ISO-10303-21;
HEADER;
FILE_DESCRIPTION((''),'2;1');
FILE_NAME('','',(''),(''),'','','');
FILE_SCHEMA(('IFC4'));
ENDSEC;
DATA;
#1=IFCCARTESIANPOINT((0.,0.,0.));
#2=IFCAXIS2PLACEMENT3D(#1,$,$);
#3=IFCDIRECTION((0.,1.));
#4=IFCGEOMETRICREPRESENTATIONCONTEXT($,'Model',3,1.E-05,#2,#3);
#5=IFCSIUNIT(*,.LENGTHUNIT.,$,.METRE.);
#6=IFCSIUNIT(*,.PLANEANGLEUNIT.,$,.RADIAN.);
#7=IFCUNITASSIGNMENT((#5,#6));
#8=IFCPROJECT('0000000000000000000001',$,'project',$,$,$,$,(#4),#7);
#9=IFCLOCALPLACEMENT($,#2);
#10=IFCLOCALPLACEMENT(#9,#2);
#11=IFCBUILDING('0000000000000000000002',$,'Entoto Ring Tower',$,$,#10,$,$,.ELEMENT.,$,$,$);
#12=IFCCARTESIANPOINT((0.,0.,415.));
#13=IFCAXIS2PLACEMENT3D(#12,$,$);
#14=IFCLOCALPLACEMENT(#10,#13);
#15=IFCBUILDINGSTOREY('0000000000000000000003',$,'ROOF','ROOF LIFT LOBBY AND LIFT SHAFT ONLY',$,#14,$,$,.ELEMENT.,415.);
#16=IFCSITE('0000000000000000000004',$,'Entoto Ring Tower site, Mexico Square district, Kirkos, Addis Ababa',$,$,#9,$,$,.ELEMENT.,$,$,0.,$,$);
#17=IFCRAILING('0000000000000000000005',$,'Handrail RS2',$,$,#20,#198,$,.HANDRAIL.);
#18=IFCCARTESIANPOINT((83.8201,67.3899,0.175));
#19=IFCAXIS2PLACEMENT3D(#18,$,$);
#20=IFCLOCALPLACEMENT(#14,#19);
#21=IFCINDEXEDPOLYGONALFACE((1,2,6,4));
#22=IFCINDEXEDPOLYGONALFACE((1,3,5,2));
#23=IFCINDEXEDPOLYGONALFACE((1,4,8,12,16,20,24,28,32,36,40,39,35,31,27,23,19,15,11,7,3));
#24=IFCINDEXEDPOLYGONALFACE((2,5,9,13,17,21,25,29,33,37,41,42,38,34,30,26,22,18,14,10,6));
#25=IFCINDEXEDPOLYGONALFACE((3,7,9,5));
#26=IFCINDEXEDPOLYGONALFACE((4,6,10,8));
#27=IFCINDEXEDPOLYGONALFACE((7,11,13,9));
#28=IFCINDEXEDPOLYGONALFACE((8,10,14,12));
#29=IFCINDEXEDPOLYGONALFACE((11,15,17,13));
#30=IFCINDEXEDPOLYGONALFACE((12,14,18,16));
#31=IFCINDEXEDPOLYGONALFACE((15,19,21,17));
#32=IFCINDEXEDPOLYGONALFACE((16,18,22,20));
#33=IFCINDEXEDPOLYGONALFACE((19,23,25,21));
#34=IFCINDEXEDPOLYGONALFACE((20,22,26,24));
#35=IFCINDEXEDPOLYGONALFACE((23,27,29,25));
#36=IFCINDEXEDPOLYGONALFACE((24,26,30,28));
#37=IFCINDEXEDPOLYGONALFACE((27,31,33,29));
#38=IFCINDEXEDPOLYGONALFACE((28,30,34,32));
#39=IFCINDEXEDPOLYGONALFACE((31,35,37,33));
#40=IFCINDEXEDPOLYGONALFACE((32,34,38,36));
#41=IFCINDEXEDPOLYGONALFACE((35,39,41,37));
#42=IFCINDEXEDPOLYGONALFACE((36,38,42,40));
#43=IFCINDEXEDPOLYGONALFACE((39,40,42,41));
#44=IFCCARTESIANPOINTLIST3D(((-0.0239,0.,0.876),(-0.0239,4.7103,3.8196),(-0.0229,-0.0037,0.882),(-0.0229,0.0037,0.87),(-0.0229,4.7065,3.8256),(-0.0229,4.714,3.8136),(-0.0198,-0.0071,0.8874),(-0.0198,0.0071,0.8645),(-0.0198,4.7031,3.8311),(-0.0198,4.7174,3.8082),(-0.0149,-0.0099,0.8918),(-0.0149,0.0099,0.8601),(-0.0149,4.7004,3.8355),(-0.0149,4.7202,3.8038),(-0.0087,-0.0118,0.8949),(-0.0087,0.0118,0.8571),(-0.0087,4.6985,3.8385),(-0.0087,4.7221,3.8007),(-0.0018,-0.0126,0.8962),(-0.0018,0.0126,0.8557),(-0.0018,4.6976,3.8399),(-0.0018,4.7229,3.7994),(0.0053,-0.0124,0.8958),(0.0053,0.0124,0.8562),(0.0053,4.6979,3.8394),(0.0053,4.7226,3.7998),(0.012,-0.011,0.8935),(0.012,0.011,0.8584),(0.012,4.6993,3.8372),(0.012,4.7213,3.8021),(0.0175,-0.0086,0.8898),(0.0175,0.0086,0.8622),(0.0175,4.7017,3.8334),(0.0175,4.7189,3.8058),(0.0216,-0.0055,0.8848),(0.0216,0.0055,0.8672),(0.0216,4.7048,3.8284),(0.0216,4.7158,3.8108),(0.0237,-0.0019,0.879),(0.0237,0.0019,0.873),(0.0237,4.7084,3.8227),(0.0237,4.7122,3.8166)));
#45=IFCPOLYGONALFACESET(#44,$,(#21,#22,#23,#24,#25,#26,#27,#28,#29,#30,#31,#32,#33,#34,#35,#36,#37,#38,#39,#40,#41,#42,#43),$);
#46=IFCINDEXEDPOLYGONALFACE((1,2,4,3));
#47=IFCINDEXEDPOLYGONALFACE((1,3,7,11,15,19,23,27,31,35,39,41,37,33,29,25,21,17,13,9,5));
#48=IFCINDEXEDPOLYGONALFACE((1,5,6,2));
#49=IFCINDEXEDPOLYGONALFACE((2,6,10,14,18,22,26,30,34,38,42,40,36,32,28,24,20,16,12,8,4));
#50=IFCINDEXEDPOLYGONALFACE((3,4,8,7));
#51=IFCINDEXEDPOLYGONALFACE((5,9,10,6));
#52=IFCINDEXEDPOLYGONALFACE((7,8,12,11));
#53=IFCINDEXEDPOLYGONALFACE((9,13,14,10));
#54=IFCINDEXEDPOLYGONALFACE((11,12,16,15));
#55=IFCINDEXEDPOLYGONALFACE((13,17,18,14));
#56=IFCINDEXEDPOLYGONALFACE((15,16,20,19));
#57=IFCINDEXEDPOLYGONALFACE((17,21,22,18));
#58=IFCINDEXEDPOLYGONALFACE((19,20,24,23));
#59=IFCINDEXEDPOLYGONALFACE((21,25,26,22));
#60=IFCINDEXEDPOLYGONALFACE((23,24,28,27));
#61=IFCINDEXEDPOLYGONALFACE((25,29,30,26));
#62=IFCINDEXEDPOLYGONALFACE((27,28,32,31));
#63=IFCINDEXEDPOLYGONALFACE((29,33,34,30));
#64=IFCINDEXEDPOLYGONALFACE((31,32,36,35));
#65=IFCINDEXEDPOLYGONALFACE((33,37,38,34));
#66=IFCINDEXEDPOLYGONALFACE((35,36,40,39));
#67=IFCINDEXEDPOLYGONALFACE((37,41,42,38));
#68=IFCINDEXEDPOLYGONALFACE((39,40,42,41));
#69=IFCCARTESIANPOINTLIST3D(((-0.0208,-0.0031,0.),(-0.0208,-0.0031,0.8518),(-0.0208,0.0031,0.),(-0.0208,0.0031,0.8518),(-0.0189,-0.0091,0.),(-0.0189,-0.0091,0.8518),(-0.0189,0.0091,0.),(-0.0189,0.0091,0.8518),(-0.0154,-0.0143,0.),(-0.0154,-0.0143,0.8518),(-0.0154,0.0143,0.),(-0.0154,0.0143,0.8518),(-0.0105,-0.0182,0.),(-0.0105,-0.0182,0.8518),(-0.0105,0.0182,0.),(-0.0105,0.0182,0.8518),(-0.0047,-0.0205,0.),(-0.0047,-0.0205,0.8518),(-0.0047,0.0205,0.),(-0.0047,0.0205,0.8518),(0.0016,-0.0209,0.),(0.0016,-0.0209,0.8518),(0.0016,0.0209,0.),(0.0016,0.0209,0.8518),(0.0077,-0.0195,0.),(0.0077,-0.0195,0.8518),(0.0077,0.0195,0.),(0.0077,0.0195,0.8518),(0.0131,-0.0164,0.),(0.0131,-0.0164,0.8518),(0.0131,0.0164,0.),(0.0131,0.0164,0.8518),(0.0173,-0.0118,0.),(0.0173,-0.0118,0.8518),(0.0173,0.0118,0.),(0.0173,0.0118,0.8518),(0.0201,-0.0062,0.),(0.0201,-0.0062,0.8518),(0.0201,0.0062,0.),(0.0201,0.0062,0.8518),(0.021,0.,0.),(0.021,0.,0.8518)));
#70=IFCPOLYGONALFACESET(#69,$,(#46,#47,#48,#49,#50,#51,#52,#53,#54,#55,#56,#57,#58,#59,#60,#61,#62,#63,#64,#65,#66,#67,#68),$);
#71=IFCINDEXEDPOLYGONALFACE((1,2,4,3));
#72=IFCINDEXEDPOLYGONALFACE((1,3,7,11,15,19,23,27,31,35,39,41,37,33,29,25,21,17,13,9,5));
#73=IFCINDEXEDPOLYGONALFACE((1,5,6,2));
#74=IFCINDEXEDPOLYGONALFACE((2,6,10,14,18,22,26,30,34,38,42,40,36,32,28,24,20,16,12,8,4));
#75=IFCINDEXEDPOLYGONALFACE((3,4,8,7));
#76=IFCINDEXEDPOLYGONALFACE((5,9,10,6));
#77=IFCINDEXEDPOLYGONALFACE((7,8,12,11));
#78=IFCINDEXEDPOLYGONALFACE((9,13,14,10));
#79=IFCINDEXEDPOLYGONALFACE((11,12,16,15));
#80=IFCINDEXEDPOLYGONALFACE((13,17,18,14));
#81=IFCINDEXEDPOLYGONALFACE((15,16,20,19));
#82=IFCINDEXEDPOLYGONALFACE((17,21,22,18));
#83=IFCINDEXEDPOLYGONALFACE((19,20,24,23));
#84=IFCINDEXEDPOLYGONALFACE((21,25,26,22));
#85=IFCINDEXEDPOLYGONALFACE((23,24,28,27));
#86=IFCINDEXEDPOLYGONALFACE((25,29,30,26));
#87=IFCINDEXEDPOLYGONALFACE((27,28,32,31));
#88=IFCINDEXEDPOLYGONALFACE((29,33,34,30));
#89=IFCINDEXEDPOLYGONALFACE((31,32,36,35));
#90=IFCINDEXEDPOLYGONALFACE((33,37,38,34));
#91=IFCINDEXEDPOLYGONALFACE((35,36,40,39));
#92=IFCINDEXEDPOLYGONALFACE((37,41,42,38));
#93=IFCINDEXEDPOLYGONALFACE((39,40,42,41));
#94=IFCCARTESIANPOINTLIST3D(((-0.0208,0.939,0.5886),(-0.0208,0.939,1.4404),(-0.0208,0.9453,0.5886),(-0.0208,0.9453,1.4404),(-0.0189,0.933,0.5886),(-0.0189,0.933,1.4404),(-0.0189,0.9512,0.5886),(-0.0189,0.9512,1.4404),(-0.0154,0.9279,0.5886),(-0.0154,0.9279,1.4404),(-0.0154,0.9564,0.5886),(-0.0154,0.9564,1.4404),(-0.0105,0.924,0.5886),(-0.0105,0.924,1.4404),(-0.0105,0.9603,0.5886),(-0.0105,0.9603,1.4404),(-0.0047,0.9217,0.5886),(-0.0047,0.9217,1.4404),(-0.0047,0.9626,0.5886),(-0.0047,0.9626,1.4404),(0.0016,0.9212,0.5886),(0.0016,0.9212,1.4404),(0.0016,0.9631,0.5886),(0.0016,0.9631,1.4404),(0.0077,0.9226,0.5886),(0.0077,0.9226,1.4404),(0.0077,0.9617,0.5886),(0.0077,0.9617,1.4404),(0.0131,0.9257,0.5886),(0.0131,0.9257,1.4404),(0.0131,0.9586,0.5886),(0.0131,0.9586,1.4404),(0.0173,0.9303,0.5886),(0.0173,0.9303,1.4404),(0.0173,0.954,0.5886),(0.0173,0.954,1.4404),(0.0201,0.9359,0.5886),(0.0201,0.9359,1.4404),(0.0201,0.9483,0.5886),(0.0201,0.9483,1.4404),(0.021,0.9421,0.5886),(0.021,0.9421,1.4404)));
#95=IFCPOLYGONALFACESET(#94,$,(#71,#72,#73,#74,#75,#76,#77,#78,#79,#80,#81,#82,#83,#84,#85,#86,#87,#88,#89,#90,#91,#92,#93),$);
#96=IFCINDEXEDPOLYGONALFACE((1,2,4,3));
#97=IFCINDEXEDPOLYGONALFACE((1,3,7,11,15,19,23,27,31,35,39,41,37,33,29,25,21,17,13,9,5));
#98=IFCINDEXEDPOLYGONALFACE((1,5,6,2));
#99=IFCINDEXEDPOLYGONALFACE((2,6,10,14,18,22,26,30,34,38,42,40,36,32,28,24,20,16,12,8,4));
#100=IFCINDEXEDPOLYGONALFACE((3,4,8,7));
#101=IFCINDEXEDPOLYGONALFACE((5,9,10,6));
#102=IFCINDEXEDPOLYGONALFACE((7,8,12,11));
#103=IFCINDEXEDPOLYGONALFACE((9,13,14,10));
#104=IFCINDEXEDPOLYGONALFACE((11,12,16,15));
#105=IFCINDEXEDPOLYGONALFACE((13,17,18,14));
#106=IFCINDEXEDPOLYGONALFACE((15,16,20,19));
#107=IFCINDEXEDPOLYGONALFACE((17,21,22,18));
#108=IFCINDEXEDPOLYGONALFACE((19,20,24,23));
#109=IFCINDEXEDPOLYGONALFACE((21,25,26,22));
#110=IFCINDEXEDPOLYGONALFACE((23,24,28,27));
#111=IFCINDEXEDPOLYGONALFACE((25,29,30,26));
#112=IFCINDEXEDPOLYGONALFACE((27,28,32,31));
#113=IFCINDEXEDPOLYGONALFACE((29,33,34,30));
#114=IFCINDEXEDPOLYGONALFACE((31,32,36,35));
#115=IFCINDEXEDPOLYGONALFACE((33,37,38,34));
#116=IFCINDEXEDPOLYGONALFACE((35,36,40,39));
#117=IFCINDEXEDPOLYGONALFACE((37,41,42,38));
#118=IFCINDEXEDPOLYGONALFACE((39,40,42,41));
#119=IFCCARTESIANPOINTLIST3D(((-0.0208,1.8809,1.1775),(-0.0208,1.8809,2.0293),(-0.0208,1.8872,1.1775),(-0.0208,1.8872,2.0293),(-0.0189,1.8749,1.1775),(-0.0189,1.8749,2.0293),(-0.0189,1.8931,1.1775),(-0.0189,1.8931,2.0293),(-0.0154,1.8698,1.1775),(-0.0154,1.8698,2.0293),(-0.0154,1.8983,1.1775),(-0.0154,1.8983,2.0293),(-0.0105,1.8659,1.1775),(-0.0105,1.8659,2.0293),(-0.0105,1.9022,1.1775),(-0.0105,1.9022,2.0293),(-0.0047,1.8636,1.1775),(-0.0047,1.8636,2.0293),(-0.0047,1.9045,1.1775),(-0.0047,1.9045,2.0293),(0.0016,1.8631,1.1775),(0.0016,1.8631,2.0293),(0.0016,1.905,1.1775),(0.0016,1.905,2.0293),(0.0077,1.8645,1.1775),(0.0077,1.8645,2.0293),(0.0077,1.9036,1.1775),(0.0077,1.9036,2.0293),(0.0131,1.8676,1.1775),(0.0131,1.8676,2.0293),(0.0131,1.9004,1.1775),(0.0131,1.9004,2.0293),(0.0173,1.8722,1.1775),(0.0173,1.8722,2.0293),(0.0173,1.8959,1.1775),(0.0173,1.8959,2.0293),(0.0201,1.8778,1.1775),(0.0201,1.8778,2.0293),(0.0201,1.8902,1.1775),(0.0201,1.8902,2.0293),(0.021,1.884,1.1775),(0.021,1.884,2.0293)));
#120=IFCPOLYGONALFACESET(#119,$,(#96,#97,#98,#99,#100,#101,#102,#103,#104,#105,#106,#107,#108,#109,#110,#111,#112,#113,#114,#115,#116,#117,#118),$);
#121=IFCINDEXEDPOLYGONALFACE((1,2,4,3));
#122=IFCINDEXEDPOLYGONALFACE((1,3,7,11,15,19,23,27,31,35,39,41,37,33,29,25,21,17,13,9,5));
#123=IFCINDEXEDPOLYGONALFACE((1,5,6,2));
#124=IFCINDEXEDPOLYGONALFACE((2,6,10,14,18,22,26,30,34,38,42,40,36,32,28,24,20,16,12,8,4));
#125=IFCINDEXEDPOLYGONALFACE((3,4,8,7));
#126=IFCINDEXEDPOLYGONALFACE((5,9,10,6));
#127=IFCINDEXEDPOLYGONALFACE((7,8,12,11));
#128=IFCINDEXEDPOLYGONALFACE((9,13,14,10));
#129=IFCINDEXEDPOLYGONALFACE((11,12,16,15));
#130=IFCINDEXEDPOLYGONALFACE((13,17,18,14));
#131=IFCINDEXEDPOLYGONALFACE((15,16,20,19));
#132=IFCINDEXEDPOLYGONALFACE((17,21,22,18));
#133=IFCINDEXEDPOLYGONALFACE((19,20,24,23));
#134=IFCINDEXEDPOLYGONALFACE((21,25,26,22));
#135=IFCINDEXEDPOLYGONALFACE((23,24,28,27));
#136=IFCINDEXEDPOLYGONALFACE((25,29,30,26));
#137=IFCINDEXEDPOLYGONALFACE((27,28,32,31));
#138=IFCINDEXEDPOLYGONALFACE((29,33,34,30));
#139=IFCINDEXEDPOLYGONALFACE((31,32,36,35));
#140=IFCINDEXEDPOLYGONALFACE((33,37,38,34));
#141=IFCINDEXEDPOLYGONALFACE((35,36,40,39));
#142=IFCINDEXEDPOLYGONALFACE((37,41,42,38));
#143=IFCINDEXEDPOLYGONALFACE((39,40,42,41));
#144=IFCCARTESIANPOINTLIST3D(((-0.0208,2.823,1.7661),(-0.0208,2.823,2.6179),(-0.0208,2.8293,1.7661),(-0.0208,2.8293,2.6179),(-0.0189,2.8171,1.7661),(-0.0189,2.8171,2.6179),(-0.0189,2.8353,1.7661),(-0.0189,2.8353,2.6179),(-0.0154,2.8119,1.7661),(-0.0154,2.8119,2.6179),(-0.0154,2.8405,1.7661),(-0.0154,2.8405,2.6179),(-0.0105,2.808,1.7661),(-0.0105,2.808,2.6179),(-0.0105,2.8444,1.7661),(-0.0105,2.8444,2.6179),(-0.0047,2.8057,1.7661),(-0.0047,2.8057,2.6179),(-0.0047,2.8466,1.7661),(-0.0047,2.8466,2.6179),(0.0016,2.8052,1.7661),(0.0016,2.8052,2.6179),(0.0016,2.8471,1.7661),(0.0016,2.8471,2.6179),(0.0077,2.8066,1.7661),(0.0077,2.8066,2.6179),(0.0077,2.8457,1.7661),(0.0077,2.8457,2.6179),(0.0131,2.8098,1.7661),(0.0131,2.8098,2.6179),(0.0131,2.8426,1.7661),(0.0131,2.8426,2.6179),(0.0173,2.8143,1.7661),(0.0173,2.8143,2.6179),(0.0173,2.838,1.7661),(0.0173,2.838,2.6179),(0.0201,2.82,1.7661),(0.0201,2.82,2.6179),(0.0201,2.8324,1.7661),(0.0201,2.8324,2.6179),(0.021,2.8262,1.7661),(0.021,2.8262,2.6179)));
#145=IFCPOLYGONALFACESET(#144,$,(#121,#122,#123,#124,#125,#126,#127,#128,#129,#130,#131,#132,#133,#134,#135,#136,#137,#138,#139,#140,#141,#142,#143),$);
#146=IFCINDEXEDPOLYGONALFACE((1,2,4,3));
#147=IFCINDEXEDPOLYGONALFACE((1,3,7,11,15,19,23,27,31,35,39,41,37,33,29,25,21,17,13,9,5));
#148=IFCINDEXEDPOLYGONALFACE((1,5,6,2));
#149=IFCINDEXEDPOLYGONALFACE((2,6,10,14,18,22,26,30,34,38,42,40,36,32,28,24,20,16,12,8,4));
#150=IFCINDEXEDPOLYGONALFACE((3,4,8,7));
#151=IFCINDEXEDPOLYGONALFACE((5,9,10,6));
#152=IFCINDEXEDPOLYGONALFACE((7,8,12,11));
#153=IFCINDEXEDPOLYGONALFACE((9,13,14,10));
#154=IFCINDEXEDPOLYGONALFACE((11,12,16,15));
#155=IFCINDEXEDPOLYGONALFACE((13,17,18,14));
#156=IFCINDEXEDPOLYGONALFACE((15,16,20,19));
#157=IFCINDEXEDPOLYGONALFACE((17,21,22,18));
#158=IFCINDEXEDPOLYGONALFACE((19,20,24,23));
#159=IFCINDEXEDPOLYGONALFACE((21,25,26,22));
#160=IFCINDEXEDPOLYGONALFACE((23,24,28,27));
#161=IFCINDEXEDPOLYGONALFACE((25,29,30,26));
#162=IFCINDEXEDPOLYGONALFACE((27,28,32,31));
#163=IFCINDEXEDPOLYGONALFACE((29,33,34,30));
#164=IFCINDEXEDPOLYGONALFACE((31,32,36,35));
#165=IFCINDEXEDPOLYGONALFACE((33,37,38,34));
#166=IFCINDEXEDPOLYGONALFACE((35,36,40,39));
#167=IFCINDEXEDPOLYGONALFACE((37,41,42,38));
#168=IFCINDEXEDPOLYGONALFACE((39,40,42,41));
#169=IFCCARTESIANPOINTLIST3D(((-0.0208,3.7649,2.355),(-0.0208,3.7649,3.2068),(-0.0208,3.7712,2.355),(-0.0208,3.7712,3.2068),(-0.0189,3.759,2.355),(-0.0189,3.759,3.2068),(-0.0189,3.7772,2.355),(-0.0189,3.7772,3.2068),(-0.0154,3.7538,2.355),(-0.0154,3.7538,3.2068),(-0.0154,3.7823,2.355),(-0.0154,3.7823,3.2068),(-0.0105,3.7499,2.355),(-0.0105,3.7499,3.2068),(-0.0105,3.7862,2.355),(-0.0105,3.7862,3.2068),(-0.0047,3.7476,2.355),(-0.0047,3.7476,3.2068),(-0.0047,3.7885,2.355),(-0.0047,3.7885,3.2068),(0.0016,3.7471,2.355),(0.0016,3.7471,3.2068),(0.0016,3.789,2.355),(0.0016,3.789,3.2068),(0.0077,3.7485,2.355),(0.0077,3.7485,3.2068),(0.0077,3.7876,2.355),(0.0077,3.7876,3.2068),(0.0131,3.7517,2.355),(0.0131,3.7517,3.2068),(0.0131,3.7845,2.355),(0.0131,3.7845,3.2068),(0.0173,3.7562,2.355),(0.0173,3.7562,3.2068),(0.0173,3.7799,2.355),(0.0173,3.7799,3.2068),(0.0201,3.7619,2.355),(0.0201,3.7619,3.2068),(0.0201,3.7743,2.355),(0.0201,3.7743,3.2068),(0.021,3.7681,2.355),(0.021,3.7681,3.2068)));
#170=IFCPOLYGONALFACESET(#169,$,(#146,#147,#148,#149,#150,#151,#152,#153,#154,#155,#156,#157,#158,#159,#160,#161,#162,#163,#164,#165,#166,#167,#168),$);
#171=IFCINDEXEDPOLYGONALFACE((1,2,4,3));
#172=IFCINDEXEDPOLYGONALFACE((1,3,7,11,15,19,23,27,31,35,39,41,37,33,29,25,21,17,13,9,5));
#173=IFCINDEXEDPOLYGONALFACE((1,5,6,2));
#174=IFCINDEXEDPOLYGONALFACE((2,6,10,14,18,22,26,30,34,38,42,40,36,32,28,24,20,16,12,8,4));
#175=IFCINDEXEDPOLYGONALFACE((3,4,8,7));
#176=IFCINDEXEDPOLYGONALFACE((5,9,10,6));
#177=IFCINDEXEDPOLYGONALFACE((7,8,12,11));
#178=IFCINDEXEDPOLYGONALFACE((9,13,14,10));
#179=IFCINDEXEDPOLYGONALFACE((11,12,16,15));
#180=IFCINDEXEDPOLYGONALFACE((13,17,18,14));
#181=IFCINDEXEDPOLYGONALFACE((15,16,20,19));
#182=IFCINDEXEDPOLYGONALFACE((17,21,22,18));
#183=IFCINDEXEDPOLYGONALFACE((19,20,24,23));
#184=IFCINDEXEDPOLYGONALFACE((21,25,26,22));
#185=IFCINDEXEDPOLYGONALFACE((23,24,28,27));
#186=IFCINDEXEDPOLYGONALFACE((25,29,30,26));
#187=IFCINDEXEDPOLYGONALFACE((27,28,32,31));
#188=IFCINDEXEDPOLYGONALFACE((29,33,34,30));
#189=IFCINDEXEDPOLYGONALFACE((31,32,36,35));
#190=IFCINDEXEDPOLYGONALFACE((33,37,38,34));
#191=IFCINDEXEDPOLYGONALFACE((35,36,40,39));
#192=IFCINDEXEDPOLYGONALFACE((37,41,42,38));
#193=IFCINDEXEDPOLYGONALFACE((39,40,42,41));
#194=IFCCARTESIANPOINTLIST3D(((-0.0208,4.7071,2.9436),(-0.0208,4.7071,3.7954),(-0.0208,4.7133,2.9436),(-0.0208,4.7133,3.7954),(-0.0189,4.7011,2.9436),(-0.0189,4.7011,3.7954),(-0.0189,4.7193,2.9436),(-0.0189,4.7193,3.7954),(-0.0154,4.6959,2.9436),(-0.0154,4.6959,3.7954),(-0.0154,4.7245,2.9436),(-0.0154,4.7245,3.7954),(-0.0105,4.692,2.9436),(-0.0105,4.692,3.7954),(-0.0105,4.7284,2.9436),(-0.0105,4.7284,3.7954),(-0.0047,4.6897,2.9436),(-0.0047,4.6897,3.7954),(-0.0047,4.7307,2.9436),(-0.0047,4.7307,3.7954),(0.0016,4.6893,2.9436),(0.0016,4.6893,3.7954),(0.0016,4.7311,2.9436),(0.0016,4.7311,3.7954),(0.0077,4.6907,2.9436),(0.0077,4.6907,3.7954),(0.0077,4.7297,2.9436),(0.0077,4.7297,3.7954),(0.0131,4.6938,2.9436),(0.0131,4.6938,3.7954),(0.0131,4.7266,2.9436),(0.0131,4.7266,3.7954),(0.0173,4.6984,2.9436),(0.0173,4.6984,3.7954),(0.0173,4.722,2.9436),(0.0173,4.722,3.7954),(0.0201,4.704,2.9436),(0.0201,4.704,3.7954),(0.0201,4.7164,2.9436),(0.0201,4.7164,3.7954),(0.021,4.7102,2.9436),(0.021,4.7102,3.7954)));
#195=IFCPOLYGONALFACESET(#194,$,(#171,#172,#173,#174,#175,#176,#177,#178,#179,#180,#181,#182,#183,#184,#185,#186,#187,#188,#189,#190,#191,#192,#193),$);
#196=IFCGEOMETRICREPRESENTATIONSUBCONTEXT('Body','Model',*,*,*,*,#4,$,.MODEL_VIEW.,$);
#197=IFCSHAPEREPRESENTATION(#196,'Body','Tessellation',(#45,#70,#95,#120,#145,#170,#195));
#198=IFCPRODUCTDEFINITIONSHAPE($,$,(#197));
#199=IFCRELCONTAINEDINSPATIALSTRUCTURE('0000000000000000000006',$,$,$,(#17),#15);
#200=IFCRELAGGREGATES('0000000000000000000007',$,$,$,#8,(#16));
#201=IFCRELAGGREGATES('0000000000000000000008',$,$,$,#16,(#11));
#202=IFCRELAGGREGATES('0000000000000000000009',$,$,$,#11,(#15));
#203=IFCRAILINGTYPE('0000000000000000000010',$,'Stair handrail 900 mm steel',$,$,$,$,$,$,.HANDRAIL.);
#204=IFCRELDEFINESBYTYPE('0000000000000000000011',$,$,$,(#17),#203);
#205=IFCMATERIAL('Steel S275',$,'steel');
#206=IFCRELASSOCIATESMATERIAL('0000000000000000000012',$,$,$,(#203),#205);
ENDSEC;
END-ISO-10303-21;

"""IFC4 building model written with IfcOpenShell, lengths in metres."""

from ifc_helpers import new_model, si_unit, direction, frame, origin, origin_2d, place, context, subcontext, project, spatial, circle, extrude, material, type_object, element, save


model = new_model("IFC4")

# Units and contexts
model_context = context("Model", 3, precision=1e-05, world=origin(), true_north=direction((0.0, 1.0)))
body_context = subcontext(model_context, "Body", "Model", "MODEL_VIEW")
ifc_project = project(units=[si_unit("LENGTHUNIT", "METRE"), si_unit("PLANEANGLEUNIT", "RADIAN")], contexts=[model_context])

# Site, building, storey
site_placement = place(None, origin())
site = spatial("IfcSite", under=ifc_project, at=site_placement, Name="Entoto Ring Tower site, Mexico Square district, Kirkos, Addis Ababa", CompositionType="ELEMENT", RefElevation=0.0)
building_placement = place(site_placement, origin())
building = spatial("IfcBuilding", under=site, at=building_placement, Name="Entoto Ring Tower", CompositionType="ELEMENT")
storey_placement = place(building_placement, frame((0.0, 0.0, 415.0)))
storey = spatial("IfcBuildingStorey", under=building, at=storey_placement, Name="ROOF", Description="ROOF LIFT LOBBY AND LIFT SHAFT ONLY", CompositionType="ELEMENT", Elevation=415.0)

# Railing
ifc_material_1 = material(Name="Steel S275", Category="steel")
railing_type_1 = type_object("IfcRailingType", Name="Stair handrail 900 mm steel", PredefinedType="HANDRAIL", material=ifc_material_1)
for number, where, name in (
    (1, (83.8201, 67.3899, 0.175), "Handrail RS2"),
):
    element("IfcRailing", number, at=place(storey_placement, frame(where)), inside=storey, type_object=railing_type_1, Name=name, PredefinedType="HANDRAIL", context=body_context, shape_type="SweptSolid", body=[
        extrude(circle(Radius=0.0239, at=origin_2d()), frame((0.0, 0.0, 0.876), z_axis=(0.0, 0.848021, 0.529963), x_axis=(-1.0, 0.0, 0.0)), (0.0, 0.0, 1.0), 5.5544),
        extrude(circle(Radius=0.021, at=origin_2d()), origin(), (0.0, 0.0, 1.0), 0.8518),
        extrude(circle(Radius=0.021, at=origin_2d()), frame((0.0, 0.9421, 0.5886)), (0.0, 0.0, 1.0), 0.8518),
        extrude(circle(Radius=0.021, at=origin_2d()), frame((0.0, 1.884, 1.1775)), (0.0, 0.0, 1.0), 0.8518),
        extrude(circle(Radius=0.021, at=origin_2d()), frame((0.0, 2.8262, 1.7661)), (0.0, 0.0, 1.0), 0.8518),
        extrude(circle(Radius=0.021, at=origin_2d()), frame((0.0, 3.7681, 2.355)), (0.0, 0.0, 1.0), 0.8518),
        extrude(circle(Radius=0.021, at=origin_2d()), frame((0.0, 4.7102, 2.9436)), (0.0, 0.0, 1.0), 0.8518),
    ])

save(model, "model.ifc")
